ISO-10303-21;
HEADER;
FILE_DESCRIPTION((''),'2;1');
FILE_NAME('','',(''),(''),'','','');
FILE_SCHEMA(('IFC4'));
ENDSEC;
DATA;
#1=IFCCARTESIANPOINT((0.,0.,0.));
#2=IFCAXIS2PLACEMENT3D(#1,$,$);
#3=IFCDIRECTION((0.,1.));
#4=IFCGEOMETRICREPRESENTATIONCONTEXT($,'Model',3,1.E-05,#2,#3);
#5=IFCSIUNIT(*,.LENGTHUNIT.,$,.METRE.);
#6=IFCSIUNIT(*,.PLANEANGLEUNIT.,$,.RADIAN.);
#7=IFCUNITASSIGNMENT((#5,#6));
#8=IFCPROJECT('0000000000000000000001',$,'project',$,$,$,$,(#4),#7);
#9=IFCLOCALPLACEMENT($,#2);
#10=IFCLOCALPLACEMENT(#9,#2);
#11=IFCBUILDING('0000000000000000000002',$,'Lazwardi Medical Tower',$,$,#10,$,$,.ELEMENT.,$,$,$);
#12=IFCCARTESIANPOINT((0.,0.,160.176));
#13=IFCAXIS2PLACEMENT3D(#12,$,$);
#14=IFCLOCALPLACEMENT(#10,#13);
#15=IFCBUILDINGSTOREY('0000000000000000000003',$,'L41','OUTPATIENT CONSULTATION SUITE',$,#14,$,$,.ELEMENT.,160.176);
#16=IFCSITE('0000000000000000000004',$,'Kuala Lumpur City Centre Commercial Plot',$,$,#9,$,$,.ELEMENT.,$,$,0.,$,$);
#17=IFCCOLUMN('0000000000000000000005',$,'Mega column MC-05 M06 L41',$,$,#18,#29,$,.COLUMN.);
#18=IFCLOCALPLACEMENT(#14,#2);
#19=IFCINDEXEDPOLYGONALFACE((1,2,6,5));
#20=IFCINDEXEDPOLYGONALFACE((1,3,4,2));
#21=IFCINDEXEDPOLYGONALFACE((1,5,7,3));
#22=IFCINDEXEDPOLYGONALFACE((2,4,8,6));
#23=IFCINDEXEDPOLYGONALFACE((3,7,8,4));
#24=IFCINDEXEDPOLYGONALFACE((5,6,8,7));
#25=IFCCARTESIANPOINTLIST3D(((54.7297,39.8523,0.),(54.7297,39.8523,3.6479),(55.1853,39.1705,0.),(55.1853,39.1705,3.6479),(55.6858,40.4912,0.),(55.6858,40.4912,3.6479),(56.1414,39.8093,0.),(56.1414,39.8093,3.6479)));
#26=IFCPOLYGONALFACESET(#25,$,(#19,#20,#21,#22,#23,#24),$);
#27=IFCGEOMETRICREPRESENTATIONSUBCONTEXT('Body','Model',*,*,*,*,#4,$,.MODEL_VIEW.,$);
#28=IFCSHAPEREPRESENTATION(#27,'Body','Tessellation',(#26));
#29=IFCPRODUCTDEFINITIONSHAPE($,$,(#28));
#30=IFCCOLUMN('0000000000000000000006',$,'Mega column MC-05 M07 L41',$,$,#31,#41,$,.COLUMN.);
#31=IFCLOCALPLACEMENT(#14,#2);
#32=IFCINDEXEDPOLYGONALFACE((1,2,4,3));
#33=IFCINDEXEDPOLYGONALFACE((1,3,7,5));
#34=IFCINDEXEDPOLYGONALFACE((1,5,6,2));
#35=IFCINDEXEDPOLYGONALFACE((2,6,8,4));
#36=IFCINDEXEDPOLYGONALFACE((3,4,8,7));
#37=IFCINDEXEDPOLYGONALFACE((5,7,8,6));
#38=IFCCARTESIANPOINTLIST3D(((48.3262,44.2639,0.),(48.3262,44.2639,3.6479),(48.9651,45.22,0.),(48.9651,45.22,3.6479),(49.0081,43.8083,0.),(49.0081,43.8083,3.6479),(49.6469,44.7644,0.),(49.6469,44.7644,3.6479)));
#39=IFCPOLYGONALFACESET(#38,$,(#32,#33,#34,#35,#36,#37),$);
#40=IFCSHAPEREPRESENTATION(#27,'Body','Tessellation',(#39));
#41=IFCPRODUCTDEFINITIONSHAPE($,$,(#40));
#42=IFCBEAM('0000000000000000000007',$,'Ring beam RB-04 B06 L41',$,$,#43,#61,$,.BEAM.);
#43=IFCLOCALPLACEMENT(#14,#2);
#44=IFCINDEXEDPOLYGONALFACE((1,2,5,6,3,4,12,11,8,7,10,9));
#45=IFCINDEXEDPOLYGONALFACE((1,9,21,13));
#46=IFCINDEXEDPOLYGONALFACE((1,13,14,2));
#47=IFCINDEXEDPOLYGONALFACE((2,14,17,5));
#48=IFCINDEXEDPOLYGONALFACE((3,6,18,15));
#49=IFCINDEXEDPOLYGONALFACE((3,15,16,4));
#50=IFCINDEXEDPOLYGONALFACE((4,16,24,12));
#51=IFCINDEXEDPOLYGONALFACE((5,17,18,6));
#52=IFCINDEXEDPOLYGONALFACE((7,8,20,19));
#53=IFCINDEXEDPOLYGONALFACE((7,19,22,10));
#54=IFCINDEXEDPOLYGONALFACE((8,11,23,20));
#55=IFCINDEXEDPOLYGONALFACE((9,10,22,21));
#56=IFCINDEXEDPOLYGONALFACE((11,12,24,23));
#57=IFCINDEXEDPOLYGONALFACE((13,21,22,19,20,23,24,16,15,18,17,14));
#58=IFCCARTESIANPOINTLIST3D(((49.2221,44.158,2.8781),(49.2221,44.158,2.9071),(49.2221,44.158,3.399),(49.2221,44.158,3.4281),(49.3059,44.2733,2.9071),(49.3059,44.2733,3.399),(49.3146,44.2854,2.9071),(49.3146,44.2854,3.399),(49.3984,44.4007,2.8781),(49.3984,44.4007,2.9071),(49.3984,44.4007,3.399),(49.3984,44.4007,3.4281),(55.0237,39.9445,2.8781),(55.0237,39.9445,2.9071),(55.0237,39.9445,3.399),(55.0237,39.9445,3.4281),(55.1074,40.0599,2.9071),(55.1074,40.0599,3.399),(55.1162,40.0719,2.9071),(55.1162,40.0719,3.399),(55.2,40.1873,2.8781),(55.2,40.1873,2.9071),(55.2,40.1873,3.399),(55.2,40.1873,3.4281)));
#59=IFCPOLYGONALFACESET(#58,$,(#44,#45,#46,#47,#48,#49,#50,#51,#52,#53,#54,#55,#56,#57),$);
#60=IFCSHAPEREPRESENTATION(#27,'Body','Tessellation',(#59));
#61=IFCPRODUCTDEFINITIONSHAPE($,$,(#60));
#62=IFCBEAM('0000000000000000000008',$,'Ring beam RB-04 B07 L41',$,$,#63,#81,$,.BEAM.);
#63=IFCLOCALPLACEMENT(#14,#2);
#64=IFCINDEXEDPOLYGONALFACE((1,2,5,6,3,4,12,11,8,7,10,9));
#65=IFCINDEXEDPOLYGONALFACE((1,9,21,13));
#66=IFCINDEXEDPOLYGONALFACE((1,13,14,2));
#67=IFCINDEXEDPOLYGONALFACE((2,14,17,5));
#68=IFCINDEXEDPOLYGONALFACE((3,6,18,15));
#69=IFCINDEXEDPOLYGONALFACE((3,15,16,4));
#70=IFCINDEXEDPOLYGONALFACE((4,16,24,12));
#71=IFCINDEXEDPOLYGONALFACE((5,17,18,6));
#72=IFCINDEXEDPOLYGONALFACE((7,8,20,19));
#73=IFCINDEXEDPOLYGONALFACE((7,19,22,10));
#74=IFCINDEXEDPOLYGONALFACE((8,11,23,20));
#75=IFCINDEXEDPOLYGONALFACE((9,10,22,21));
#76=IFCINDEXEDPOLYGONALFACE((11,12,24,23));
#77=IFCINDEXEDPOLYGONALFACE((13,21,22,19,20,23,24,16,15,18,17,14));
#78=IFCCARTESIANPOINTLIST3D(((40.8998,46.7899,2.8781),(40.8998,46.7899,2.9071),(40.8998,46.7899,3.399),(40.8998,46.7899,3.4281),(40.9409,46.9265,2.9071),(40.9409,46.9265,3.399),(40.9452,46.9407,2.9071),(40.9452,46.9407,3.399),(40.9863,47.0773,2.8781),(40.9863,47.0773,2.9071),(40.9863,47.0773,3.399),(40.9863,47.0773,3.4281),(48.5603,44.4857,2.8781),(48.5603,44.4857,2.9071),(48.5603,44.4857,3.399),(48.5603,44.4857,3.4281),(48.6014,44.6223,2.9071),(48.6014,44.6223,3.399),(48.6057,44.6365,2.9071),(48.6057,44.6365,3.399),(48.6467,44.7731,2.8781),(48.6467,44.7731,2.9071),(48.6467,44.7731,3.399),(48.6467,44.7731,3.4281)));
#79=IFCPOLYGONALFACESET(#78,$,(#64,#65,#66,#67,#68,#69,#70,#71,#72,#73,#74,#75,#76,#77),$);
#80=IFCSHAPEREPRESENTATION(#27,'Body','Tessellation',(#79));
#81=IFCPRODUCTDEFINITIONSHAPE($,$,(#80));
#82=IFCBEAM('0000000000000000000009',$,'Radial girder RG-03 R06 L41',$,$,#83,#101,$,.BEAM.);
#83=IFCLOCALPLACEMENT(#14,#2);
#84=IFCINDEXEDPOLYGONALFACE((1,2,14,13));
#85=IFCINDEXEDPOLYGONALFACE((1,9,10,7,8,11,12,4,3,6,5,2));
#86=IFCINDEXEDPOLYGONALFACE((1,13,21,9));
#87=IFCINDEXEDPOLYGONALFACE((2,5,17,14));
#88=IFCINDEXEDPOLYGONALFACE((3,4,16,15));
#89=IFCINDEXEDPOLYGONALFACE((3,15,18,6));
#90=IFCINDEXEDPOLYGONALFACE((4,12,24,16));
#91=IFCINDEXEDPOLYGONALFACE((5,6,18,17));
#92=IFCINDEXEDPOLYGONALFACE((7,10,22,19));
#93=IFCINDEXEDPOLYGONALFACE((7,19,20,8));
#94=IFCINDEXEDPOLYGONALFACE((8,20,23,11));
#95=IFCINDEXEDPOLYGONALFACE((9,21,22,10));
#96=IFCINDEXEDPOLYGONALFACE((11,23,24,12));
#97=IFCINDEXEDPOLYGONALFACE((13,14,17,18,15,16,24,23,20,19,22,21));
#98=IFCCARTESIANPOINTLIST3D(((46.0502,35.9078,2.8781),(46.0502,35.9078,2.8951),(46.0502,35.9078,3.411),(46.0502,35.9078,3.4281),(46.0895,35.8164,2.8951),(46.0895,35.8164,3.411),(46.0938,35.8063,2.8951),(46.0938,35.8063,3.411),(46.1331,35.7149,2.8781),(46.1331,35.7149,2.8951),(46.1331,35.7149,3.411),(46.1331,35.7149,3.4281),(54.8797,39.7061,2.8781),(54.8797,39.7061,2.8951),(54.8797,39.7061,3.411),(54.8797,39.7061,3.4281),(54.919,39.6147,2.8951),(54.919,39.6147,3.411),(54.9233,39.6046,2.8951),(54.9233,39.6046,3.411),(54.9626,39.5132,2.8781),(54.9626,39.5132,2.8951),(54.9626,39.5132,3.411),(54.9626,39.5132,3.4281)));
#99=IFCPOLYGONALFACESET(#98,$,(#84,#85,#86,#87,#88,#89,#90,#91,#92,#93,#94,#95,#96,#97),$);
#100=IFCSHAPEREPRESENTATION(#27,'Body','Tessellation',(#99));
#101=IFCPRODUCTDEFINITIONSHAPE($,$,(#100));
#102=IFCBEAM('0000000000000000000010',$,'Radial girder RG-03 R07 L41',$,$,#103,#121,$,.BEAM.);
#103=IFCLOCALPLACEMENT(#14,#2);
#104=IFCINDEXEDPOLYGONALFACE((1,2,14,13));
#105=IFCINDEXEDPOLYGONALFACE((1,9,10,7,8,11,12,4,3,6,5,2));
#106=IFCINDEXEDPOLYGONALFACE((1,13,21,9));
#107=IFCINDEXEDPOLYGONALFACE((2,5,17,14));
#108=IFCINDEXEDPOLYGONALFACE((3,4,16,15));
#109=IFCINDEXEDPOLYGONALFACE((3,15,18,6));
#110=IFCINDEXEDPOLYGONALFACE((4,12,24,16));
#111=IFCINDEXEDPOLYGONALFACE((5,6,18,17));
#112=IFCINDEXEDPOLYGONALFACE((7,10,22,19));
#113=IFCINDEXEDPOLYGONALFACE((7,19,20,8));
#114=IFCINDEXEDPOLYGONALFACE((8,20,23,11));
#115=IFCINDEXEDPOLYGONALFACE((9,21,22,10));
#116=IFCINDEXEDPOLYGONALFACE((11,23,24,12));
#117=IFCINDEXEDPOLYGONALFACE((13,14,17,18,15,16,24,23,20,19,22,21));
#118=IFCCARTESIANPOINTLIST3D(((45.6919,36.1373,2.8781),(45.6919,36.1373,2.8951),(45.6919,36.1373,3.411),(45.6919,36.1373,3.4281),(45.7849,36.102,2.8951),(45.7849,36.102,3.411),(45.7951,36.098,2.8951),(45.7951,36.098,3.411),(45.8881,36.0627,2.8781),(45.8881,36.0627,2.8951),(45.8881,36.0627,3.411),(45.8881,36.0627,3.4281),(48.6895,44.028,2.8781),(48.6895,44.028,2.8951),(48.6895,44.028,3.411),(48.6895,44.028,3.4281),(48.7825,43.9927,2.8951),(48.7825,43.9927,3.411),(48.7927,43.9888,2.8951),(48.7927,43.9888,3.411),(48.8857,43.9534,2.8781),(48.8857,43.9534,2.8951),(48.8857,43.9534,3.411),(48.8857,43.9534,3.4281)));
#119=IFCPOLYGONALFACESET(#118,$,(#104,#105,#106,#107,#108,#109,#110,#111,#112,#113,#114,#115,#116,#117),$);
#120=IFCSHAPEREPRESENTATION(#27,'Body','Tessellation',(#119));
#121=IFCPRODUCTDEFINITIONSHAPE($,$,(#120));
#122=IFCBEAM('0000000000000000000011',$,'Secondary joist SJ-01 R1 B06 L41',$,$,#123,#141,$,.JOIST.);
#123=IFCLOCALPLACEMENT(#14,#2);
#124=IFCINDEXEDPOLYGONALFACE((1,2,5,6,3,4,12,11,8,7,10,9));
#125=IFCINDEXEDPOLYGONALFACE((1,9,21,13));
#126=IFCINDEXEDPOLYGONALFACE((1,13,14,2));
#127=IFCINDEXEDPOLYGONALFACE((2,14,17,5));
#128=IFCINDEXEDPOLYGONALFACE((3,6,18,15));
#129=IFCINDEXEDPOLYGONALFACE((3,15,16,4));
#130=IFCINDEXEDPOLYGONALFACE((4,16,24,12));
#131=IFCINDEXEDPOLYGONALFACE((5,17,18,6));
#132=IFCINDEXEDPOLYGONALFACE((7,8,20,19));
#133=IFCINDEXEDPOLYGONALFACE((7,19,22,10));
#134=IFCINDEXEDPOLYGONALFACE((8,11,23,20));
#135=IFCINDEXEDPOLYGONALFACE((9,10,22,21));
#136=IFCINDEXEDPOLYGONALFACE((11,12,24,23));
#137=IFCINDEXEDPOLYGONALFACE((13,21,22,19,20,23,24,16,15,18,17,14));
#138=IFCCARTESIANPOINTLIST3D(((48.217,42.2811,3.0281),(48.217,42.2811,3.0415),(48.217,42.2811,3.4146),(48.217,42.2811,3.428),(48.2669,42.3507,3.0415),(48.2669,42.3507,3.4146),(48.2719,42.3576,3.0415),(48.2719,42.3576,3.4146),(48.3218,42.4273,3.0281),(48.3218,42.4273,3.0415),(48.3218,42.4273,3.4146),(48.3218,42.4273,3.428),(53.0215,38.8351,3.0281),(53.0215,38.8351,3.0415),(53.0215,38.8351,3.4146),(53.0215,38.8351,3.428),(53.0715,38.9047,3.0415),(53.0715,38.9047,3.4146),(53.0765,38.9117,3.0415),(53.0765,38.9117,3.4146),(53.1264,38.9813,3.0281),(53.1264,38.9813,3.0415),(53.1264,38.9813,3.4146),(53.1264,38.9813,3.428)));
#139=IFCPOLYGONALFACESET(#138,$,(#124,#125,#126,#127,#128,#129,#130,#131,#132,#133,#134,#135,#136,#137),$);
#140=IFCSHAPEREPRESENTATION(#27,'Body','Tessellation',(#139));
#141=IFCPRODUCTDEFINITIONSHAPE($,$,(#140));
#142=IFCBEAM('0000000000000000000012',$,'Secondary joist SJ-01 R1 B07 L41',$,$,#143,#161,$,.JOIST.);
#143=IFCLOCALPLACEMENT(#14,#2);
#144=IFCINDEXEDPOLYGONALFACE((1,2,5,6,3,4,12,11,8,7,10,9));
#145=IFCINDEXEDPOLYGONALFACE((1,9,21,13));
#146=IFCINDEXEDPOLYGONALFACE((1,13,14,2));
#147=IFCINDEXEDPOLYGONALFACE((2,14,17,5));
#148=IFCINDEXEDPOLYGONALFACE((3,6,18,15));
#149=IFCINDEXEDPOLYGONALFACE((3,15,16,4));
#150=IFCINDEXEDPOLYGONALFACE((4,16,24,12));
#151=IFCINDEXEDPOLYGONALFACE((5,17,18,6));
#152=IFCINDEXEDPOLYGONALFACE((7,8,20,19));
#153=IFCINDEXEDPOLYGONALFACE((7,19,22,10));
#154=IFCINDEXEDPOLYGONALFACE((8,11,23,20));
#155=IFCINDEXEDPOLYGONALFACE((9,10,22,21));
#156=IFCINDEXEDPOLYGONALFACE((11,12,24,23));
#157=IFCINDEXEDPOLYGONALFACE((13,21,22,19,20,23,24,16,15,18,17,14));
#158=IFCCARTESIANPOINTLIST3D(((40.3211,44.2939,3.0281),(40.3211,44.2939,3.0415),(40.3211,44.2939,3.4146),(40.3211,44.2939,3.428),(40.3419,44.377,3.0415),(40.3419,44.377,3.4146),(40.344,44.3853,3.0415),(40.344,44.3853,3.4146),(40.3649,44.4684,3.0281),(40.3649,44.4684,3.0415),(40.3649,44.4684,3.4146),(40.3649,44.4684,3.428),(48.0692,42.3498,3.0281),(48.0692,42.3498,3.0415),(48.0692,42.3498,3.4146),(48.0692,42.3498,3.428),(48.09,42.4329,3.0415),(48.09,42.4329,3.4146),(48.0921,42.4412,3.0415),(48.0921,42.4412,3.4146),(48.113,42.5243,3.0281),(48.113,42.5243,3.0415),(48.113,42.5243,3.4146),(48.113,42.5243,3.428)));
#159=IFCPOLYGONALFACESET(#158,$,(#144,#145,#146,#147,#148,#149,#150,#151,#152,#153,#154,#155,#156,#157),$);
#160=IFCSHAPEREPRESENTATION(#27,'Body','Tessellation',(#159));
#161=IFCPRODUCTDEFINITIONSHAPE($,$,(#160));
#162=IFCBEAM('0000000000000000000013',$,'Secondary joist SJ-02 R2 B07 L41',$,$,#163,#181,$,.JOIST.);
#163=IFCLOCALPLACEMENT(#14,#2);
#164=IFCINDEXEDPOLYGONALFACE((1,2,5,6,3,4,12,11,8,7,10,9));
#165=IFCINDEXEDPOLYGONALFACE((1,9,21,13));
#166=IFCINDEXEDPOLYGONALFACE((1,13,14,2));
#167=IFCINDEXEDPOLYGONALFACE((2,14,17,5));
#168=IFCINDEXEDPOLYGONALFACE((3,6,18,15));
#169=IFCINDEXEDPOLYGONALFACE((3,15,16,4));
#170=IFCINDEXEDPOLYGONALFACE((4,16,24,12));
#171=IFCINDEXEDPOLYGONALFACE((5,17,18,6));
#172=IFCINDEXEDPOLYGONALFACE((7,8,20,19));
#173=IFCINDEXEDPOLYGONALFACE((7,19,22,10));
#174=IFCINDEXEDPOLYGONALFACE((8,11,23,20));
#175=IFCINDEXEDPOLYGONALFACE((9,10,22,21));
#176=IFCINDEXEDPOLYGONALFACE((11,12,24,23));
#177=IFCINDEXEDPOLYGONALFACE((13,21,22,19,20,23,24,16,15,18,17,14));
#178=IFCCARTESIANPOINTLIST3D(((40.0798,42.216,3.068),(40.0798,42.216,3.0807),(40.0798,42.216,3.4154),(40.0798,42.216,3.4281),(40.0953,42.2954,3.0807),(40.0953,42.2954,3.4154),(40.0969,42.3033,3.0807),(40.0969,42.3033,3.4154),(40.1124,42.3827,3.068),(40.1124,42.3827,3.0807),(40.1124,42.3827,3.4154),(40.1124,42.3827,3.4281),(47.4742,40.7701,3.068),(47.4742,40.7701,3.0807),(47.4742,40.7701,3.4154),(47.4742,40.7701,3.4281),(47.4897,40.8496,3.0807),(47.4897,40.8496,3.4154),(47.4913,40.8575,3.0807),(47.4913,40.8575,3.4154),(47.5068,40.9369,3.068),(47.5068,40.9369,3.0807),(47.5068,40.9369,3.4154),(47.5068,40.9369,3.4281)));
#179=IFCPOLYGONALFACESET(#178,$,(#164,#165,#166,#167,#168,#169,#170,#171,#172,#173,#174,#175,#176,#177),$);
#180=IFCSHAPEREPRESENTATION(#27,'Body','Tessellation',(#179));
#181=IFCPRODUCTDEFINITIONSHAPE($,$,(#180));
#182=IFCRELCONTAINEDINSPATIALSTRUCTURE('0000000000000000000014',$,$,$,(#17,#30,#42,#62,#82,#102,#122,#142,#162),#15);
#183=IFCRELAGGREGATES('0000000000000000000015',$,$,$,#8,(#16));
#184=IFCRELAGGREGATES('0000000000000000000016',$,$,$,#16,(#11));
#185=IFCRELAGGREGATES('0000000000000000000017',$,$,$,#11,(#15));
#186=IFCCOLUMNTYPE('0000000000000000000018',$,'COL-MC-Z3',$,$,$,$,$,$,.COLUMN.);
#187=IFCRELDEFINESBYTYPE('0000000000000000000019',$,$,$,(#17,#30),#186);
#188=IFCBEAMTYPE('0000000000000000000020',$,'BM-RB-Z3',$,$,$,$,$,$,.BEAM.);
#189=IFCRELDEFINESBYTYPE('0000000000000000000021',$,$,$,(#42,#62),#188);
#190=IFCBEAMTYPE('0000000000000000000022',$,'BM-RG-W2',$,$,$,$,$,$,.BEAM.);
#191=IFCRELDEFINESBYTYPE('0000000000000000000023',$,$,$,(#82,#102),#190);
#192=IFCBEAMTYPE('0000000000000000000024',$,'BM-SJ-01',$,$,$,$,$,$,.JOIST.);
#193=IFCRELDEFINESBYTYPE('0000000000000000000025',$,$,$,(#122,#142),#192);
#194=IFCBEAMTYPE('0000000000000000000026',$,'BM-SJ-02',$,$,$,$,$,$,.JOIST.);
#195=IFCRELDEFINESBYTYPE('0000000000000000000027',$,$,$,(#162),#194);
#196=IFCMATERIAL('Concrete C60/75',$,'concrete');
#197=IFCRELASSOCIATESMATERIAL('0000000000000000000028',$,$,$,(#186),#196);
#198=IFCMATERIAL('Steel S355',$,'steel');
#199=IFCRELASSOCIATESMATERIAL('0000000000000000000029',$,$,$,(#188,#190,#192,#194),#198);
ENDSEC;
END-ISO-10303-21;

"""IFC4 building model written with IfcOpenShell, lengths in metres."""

from ifc_helpers import new_model, si_unit, direction, frame, origin, origin_2d, place, context, subcontext, project, spatial, rectangle, i_section, extrude, material, material_profile, profile_set, type_object, element, save


model = new_model("IFC4")

# Units and contexts
model_context = context("Model", 3, precision=1e-05, world=origin(), true_north=direction((0.0, 1.0)))
body_context = subcontext(model_context, "Body", "Model", "MODEL_VIEW")
ifc_project = project(units=[si_unit("LENGTHUNIT", "METRE"), si_unit("PLANEANGLEUNIT", "RADIAN")], contexts=[model_context])

# Site, building, storey
site_placement = place(None, origin())
site = spatial("IfcSite", under=ifc_project, at=site_placement, Name="Kuala Lumpur City Centre Commercial Plot", CompositionType="ELEMENT", RefElevation=0.0)
building_placement = place(site_placement, origin())
building = spatial("IfcBuilding", under=site, at=building_placement, Name="Lazwardi Medical Tower", CompositionType="ELEMENT")
storey_placement = place(building_placement, frame((0.0, 0.0, 160.176)))
storey = spatial("IfcBuildingStorey", under=building, at=storey_placement, Name="L41", Description="OUTPATIENT CONSULTATION SUITE", CompositionType="ELEMENT", Elevation=160.176)

# Columns
ifc_material_1 = material(Name="Concrete C60/75", Category="concrete")
ifc_material_profile_1 = material_profile(ifc_material_1, rectangle(XDim=1.1499, YDim=0.8201, at=origin_2d()), Name="CFT-RECT 1150x820")
ifc_profile_set_1 = profile_set([ifc_material_profile_1], Name="Concrete C60/75")
column_type = type_object("IfcColumnType", Name="COL-MC-Z3", PredefinedType="COLUMN", material=ifc_profile_set_1)
for number, where, z_axis, x_axis, name in (
    (1, (55.4355, 39.8308, 0.0), (0.0, 0.0, 1.0), (0.83147, 0.55557, 0.0), "Mega column MC-05 M06 L41"),
    (2, (48.9866, 44.5142, 0.0), (0.0, 0.0, 1.0), (0.55557, 0.83147, 0.0), "Mega column MC-05 M07 L41"),
):
    element("IfcColumn", number, at=place(storey_placement, frame(where, z_axis=z_axis, x_axis=x_axis)), inside=storey, type_object=column_type, Name=name, PredefinedType="COLUMN", context=body_context, shape_type="SweptSolid", body=[
        extrude(rectangle(XDim=1.1499, YDim=0.8201, at=origin_2d()), origin(), (0.0, 0.0, 1.0), 3.6479),
    ])

# Beams
ifc_material_2 = material(Name="Steel S355", Category="steel")
ifc_material_profile_2 = material_profile(ifc_material_2, i_section(OverallWidth=0.3, OverallDepth=0.55, WebThickness=0.0149, FlangeThickness=0.0291, at=origin_2d()), Name="HEB 550")
ifc_profile_set_2 = profile_set([ifc_material_profile_2], Name="Steel S355")
beam_type_1 = type_object("IfcBeamType", Name="BM-RB-Z3", PredefinedType="BEAM", material=ifc_profile_set_2)
beam_1_placement = place(storey_placement, frame((55.1118, 40.0659, 3.1531), z_axis=(-0.809128, 0.587633, 0.0), x_axis=(-0.587633, -0.809128, 0.0)))
element("IfcBeam", 3, at=beam_1_placement, inside=storey, type_object=beam_type_1, Name="Ring beam RB-04 B06 L41", PredefinedType="BEAM", context=body_context, shape_type="SweptSolid", body=[
    extrude(i_section(OverallWidth=0.3, OverallDepth=0.55, WebThickness=0.0149, FlangeThickness=0.0291, at=origin_2d()), origin(), (0.0, 0.0, 1.0), 7.1702),
])
beam_2_placement = place(storey_placement, frame((48.6035, 44.6294, 3.1531), z_axis=(-0.957617, 0.288045, 0.0), x_axis=(-0.288045, -0.957617, 0.0)))
element("IfcBeam", 4, at=beam_2_placement, inside=storey, type_object=beam_type_1, Name="Ring beam RB-04 B07 L41", PredefinedType="BEAM", context=body_context, shape_type="SweptSolid", body=[
    extrude(i_section(OverallWidth=0.3, OverallDepth=0.55, WebThickness=0.0149, FlangeThickness=0.0291, at=origin_2d()), origin(), (0.0, 0.0, 1.0), 7.9995),
])
ifc_material_profile_3 = material_profile(ifc_material_2, i_section(OverallWidth=0.21, OverallDepth=0.55, WebThickness=0.011, FlangeThickness=0.0171, at=origin_2d()), Name="IPE 550")
ifc_profile_set_3 = profile_set([ifc_material_profile_3], Name="Steel S355")
beam_type_2 = type_object("IfcBeamType", Name="BM-RG-W2", PredefinedType="BEAM", material=ifc_profile_set_3)
beam_3_placement = place(storey_placement, frame((54.9211, 39.6096, 3.1531), z_axis=(-0.918608, -0.39517, 0.0), x_axis=(0.39517, -0.918608, 0.0)))
element("IfcBeam", 5, at=beam_3_placement, inside=storey, type_object=beam_type_2, Name="Radial girder RG-03 R06 L41", PredefinedType="BEAM", context=body_context, shape_type="SweptSolid", body=[
    extrude(i_section(OverallWidth=0.21, OverallDepth=0.55, WebThickness=0.011, FlangeThickness=0.0171, at=origin_2d()), origin(), (0.0, 0.0, 1.0), 9.6118),
])
beam_4_placement = place(storey_placement, frame((48.7876, 43.9907, 3.1531), z_axis=(-0.355127, -0.934818, 0.0), x_axis=(0.934818, -0.355127, 0.0)))
element("IfcBeam", 6, at=beam_4_placement, inside=storey, type_object=beam_type_2, Name="Radial girder RG-03 R07 L41", PredefinedType="BEAM", context=body_context, shape_type="SweptSolid", body=[
    extrude(i_section(OverallWidth=0.21, OverallDepth=0.55, WebThickness=0.011, FlangeThickness=0.0171, at=origin_2d()), origin(), (0.0, 0.0, 1.0), 8.4409),
])
ifc_material_profile_4 = material_profile(ifc_material_2, i_section(OverallWidth=0.1799, OverallDepth=0.3999, WebThickness=0.0085, FlangeThickness=0.0134, at=origin_2d()), Name="IPE 400")
ifc_profile_set_4 = profile_set([ifc_material_profile_4], Name="Steel S355")
beam_type_3 = type_object("IfcBeamType", Name="BM-SJ-01", PredefinedType="JOIST", material=ifc_profile_set_4)
beam_5_placement = place(storey_placement, frame((53.074, 38.9082, 3.228), z_axis=(-0.812602, 0.582819, 0.0), x_axis=(-0.582819, -0.812602, 0.0)))
element("IfcBeam", 7, at=beam_5_placement, inside=storey, type_object=beam_type_3, Name="Secondary joist SJ-01 R1 B06 L41", PredefinedType="JOIST", context=body_context, shape_type="SweptSolid", body=[
    extrude(i_section(OverallWidth=0.1799, OverallDepth=0.3999, WebThickness=0.0085, FlangeThickness=0.0134, at=origin_2d()), origin(), (0.0, 0.0, 1.0), 5.9126),
])
beam_6_placement = place(storey_placement, frame((48.0911, 42.437, 3.228), z_axis=(-0.969934, 0.24337, 0.0), x_axis=(-0.24337, -0.969934, 0.0)))
element("IfcBeam", 8, at=beam_6_placement, inside=storey, type_object=beam_type_3, Name="Secondary joist SJ-01 R1 B07 L41", PredefinedType="JOIST", context=body_context, shape_type="SweptSolid", body=[
    extrude(i_section(OverallWidth=0.1799, OverallDepth=0.3999, WebThickness=0.0085, FlangeThickness=0.0134, at=origin_2d()), origin(), (0.0, 0.0, 1.0), 7.9883),
])
ifc_material_profile_5 = material_profile(ifc_material_2, i_section(OverallWidth=0.1699, OverallDepth=0.3601, WebThickness=0.0081, FlangeThickness=0.0127, at=origin_2d()), Name="IPE 360")
ifc_profile_set_5 = profile_set([ifc_material_profile_5], Name="Steel S355")
beam_type_4 = type_object("IfcBeamType", Name="BM-SJ-02", PredefinedType="JOIST", material=ifc_profile_set_5)
beam_7_placement = place(storey_placement, frame((47.4905, 40.8535, 3.248), z_axis=(-0.981415, 0.191896, 0.0), x_axis=(-0.191896, -0.981415, 0.0)))
element("IfcBeam", 9, at=beam_7_placement, inside=storey, type_object=beam_type_4, Name="Secondary joist SJ-02 R2 B07 L41", PredefinedType="JOIST", context=body_context, shape_type="SweptSolid", body=[
    extrude(i_section(OverallWidth=0.1699, OverallDepth=0.3601, WebThickness=0.0081, FlangeThickness=0.0127, at=origin_2d()), origin(), (0.0, 0.0, 1.0), 7.5344),
])

save(model, "model.ifc")
